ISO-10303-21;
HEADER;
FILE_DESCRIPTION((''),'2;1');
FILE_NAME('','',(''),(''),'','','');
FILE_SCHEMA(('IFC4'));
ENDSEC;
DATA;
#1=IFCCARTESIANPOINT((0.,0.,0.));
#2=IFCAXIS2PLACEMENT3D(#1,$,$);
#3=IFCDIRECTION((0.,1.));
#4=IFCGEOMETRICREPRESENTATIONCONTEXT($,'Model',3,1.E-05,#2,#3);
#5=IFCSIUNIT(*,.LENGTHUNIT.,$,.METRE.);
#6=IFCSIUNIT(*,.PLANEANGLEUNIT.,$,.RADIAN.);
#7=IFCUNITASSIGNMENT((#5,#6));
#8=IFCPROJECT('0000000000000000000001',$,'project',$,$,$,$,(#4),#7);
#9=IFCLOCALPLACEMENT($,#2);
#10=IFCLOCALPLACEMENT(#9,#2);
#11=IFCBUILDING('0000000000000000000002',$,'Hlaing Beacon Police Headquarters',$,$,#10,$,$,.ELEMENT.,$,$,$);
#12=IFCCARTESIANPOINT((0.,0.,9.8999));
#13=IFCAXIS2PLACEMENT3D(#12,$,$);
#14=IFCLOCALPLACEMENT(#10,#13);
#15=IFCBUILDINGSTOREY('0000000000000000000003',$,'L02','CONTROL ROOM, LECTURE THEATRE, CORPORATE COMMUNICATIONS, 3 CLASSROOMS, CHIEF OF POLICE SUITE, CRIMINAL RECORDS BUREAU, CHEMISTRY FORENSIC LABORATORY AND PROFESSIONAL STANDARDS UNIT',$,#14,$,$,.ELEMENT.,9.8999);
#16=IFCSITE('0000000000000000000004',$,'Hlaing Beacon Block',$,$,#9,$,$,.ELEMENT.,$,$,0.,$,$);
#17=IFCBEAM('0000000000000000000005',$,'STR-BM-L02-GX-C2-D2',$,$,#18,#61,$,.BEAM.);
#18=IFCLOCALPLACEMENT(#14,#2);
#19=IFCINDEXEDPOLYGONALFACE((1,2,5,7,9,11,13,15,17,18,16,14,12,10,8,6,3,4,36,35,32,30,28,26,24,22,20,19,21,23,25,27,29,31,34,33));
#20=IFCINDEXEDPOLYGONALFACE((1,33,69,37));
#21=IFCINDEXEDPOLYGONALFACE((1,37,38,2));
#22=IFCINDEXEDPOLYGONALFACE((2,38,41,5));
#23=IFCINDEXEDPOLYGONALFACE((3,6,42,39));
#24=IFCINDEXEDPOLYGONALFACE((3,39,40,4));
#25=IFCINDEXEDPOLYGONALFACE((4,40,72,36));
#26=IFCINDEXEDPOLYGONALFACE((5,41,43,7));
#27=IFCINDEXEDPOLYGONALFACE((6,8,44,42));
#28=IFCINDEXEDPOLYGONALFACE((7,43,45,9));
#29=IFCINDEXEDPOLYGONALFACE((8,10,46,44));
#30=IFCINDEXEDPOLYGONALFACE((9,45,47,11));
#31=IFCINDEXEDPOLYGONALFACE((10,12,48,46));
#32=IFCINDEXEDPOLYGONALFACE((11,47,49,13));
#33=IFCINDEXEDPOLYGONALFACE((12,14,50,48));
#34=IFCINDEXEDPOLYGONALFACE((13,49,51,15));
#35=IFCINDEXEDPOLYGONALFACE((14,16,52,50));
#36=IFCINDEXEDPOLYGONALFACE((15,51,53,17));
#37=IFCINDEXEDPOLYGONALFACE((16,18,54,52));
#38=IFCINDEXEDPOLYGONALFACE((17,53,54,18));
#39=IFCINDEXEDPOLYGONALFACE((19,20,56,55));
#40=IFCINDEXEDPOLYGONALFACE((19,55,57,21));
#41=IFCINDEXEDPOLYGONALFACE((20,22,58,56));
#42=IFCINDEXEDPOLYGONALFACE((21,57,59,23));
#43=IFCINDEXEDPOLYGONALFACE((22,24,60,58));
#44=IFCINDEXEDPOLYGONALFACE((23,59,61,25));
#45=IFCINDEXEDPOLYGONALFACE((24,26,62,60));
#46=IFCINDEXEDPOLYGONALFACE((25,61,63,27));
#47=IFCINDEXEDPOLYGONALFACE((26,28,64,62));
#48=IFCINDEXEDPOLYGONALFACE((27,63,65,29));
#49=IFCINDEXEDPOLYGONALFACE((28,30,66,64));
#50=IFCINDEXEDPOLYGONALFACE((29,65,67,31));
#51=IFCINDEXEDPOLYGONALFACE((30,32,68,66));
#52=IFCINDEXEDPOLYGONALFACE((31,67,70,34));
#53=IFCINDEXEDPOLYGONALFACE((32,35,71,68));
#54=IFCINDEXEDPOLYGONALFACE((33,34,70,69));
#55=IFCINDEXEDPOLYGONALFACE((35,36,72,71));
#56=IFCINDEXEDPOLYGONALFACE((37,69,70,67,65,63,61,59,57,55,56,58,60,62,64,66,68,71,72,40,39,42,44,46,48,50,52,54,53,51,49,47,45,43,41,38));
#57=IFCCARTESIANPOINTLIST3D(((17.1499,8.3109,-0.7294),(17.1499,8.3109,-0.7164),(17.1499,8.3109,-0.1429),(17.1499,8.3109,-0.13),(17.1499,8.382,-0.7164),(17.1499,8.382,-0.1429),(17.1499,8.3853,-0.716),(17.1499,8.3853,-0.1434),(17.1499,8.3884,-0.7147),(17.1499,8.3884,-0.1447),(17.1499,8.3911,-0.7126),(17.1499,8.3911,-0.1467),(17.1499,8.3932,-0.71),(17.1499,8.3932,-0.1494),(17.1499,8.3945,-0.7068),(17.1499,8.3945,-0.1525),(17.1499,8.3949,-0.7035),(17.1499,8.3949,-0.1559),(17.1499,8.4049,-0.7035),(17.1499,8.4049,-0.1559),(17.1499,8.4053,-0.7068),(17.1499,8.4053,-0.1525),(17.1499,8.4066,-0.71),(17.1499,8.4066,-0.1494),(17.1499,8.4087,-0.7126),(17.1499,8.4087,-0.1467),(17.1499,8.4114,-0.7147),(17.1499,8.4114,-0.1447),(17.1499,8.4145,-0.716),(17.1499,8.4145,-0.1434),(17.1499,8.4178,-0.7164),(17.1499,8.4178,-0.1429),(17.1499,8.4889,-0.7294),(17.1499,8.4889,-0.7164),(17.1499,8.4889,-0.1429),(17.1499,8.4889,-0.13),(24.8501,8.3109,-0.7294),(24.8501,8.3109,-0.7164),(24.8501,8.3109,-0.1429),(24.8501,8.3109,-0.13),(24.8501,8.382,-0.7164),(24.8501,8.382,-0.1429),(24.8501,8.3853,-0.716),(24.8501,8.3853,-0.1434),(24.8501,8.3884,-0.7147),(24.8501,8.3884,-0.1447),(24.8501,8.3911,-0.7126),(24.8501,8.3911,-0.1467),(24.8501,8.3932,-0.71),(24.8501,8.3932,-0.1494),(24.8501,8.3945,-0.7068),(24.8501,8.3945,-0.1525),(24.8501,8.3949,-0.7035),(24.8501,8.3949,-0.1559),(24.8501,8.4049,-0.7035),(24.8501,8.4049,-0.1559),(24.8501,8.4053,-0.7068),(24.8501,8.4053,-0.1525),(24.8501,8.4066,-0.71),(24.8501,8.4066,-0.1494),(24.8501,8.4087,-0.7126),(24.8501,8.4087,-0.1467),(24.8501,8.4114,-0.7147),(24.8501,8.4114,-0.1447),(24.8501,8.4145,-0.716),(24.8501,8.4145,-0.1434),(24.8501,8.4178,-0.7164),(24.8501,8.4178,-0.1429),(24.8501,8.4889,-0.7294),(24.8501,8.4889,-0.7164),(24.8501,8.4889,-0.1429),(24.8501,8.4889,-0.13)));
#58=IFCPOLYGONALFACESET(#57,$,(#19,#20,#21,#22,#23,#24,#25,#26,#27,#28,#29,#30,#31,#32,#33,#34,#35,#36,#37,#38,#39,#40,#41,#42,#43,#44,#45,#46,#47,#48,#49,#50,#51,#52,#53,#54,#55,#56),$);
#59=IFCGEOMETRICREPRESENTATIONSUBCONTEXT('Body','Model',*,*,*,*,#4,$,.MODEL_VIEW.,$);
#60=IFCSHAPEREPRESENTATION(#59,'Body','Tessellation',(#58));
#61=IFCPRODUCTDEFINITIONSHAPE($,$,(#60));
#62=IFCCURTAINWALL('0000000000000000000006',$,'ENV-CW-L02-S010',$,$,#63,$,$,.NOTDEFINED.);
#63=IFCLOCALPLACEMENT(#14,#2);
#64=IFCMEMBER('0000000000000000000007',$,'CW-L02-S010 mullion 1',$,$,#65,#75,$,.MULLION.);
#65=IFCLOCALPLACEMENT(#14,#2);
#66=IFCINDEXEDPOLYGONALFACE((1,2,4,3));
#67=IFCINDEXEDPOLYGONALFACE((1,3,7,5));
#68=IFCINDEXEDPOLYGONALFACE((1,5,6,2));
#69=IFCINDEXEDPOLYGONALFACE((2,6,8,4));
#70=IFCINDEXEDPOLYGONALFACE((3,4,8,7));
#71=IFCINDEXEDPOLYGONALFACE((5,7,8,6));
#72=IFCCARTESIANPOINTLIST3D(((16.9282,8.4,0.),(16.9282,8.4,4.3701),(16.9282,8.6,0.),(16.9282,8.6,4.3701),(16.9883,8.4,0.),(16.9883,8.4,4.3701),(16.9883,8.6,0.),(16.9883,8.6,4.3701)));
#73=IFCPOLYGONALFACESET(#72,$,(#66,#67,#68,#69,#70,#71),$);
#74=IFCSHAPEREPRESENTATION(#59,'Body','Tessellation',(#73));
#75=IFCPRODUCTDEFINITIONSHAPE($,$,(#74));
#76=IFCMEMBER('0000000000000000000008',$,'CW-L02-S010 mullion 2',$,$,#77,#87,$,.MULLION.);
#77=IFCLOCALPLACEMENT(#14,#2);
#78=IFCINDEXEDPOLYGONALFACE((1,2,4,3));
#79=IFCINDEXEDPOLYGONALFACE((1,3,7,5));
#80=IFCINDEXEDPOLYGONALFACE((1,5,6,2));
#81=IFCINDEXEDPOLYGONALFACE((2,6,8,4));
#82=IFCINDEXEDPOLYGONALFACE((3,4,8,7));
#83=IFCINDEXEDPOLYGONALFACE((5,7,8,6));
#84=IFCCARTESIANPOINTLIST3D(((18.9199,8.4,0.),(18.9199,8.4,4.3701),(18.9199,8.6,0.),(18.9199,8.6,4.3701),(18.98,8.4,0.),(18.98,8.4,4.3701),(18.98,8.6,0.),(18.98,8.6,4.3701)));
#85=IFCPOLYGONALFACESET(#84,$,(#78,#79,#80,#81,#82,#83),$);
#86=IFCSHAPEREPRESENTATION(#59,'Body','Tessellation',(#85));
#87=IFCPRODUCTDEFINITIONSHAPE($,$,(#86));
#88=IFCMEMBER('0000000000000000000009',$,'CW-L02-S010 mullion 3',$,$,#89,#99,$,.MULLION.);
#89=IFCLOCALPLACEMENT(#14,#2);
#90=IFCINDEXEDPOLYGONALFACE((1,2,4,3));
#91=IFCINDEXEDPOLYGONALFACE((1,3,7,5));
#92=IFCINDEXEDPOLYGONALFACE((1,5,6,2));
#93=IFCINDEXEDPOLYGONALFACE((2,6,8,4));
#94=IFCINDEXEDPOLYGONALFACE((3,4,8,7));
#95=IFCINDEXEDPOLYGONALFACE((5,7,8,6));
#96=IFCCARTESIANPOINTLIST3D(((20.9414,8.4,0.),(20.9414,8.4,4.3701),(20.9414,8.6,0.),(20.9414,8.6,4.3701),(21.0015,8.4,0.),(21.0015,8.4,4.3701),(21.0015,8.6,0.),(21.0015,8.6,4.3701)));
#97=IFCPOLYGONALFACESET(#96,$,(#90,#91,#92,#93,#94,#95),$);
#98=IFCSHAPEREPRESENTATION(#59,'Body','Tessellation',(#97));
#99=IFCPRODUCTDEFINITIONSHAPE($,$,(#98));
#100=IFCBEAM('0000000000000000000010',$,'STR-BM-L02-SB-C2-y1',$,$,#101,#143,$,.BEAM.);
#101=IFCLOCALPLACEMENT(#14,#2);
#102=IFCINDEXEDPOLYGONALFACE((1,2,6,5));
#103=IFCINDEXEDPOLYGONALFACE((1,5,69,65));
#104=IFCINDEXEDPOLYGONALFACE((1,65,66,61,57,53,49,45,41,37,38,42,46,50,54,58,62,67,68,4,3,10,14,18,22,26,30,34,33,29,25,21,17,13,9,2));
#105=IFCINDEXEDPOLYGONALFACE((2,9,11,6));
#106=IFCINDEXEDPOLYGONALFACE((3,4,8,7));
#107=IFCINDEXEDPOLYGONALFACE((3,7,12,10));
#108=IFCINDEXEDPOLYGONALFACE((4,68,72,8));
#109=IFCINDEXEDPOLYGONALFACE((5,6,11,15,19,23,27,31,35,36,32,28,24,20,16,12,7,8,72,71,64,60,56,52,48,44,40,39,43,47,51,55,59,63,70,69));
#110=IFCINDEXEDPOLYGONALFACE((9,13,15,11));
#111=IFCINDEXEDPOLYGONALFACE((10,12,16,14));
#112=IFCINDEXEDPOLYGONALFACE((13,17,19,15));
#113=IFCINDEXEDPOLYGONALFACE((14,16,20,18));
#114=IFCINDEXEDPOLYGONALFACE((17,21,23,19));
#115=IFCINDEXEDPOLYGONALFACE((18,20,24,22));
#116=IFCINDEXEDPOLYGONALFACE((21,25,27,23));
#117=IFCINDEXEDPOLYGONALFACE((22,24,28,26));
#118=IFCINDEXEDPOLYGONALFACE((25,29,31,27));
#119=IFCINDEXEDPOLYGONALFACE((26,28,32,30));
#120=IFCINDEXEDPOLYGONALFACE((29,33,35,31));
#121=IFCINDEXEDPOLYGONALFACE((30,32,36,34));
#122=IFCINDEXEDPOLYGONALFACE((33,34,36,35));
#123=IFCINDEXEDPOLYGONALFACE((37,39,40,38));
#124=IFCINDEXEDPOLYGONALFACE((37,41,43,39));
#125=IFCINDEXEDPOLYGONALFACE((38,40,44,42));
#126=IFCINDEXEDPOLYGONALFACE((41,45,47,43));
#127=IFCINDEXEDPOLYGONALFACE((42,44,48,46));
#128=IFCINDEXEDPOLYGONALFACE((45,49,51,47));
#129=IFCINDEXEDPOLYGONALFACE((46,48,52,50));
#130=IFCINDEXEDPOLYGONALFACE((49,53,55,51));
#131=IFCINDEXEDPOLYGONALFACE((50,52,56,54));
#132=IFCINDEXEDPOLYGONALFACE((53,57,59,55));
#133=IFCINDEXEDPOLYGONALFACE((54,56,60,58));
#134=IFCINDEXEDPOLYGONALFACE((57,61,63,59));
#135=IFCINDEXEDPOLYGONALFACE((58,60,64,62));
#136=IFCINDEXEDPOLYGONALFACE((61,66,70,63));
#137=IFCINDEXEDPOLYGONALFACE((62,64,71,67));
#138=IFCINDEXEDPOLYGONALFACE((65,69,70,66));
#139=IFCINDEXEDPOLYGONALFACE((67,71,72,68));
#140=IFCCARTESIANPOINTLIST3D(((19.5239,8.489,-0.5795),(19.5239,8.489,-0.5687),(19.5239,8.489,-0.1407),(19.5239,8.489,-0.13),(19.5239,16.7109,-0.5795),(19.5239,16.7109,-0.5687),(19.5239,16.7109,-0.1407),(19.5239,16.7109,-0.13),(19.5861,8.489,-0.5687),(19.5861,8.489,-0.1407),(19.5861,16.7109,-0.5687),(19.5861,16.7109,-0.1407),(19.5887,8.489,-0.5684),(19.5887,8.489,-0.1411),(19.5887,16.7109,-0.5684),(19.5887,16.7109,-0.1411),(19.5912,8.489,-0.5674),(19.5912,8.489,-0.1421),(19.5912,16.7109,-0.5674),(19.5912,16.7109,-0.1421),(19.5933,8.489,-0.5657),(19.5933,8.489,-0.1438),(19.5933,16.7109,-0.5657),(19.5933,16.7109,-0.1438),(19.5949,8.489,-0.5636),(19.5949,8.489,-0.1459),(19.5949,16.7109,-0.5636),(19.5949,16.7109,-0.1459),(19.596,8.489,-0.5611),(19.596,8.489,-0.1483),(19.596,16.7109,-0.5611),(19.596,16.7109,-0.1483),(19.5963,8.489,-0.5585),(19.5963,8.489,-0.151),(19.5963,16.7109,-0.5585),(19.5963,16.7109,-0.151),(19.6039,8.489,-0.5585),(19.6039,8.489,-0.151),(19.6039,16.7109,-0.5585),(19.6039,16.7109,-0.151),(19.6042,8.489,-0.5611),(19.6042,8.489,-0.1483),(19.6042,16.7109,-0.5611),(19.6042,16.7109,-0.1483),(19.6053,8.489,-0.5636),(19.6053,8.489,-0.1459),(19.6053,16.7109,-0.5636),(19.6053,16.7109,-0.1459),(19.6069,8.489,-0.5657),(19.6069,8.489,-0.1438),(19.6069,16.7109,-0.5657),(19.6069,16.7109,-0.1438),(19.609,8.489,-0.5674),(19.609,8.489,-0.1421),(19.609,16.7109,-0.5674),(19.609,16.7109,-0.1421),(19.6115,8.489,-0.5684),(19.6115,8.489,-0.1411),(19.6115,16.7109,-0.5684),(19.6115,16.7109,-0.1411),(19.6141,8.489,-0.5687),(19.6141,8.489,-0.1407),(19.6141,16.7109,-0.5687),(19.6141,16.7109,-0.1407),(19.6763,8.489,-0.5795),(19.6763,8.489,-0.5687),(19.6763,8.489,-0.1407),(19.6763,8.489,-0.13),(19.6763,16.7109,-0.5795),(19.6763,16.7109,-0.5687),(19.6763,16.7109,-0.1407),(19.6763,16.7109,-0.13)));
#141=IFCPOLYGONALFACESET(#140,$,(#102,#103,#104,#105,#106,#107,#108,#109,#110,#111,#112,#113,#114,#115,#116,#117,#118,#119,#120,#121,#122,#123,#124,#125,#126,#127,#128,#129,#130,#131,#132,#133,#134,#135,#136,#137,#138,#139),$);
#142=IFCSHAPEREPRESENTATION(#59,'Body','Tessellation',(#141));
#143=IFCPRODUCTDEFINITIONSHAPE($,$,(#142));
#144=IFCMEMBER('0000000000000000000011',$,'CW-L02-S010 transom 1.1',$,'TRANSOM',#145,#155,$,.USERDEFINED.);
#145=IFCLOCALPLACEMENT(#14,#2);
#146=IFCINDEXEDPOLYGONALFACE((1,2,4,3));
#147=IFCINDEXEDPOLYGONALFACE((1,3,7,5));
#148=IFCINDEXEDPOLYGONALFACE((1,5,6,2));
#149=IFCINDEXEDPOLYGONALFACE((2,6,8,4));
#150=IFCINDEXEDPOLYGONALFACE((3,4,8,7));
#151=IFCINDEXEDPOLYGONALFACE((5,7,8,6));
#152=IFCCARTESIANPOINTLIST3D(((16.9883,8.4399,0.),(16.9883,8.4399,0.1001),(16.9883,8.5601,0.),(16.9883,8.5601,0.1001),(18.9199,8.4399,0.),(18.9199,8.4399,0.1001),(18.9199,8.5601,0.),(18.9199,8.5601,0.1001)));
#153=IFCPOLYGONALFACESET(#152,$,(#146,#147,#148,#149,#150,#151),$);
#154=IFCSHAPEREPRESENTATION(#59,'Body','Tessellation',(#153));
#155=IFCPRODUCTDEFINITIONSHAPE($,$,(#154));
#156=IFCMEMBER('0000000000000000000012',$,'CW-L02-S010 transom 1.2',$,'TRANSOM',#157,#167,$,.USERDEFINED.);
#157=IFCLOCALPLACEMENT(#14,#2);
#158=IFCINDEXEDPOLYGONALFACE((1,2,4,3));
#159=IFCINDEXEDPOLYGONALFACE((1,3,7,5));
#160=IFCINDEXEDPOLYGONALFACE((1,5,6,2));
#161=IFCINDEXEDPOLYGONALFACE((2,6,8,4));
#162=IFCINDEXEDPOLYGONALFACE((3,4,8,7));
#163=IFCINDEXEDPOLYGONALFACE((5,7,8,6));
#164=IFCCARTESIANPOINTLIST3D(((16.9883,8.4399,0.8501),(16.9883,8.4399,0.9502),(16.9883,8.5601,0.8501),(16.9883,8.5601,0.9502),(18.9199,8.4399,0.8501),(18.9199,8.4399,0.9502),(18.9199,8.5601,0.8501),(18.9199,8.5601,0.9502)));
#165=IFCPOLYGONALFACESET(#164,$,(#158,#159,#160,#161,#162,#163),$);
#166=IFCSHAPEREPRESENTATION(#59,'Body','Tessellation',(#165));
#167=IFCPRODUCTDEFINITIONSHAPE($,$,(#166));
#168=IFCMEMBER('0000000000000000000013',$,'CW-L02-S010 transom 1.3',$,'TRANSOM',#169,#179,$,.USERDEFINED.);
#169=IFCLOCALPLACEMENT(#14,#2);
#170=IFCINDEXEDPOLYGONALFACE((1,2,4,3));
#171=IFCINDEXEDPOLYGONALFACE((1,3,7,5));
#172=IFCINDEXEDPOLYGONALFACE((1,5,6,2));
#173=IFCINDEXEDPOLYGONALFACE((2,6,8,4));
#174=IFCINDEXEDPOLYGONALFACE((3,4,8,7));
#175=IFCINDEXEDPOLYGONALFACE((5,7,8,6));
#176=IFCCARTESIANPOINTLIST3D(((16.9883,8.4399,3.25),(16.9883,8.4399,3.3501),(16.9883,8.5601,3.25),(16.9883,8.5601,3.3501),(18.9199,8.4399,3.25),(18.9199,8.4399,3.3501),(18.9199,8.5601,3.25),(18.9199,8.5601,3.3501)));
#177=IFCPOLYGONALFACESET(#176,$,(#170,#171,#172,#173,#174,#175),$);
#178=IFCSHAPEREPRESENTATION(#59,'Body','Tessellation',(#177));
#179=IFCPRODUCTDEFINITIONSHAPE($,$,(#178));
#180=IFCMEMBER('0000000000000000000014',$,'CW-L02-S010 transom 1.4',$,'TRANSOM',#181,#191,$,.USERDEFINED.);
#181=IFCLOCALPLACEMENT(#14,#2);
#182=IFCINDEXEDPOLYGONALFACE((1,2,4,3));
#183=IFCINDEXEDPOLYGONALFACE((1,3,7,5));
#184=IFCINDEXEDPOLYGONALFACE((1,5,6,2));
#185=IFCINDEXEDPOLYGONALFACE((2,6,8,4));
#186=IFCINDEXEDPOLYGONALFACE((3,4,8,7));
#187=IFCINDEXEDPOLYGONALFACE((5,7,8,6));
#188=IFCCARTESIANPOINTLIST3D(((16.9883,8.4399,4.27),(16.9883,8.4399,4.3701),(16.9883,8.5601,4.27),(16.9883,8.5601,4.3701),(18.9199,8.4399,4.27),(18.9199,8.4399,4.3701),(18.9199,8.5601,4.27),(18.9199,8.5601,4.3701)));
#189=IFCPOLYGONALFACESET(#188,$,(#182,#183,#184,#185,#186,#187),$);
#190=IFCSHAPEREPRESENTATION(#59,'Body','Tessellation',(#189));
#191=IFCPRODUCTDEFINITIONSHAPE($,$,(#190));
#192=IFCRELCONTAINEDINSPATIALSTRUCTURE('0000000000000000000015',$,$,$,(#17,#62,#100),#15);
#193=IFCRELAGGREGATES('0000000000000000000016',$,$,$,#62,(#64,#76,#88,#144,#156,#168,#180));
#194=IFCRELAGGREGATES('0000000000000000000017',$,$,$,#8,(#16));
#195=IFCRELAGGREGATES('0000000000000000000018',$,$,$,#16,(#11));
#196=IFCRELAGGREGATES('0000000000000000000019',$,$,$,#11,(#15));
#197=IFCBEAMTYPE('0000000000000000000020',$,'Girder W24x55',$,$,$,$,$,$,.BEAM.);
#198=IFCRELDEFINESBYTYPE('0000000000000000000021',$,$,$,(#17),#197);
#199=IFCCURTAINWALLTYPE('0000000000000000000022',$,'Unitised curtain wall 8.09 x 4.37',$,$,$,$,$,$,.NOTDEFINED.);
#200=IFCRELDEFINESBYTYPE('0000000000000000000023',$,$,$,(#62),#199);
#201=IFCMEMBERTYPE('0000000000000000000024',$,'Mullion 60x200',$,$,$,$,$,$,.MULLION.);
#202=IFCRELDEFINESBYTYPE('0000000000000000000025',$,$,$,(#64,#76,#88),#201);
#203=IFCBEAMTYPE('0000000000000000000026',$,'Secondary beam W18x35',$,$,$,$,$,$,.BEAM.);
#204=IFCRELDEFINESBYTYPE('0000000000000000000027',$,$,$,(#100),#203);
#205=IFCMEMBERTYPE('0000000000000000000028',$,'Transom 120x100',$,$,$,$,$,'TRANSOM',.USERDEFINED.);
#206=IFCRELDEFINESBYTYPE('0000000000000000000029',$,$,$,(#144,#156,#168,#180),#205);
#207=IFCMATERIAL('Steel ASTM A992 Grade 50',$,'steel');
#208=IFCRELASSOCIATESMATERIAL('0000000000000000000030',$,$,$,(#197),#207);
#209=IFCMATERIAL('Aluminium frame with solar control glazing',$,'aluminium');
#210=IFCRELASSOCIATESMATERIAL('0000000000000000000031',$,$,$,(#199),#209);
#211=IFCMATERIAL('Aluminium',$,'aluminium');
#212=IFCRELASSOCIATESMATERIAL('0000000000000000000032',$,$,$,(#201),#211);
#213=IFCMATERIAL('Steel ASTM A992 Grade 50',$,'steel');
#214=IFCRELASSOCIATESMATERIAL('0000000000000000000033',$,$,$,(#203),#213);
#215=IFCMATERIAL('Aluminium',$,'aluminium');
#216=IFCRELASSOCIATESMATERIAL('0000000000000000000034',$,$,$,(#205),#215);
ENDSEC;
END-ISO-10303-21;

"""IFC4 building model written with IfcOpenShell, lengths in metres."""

from ifc_helpers import new_model, si_unit, direction, frame, origin, origin_2d, place, context, subcontext, project, spatial, rectangle, i_section, extrude, material, material_profile, profile_set, type_object, element, aggregate, save


model = new_model("IFC4")

# Units and contexts
model_context = context("Model", 3, precision=1e-05, world=origin(), true_north=direction((0.0, 1.0)))
body_context = subcontext(model_context, "Body", "Model", "MODEL_VIEW")
ifc_project = project(units=[si_unit("LENGTHUNIT", "METRE"), si_unit("PLANEANGLEUNIT", "RADIAN")], contexts=[model_context])

# Site, building, storey
site_placement = place(None, origin())
site = spatial("IfcSite", under=ifc_project, at=site_placement, Name="Hlaing Beacon Block", CompositionType="ELEMENT", RefElevation=0.0)
building_placement = place(site_placement, origin())
building = spatial("IfcBuilding", under=site, at=building_placement, Name="Hlaing Beacon Police Headquarters", CompositionType="ELEMENT")
storey_placement = place(building_placement, frame((0.0, 0.0, 9.8999)))
storey = spatial("IfcBuildingStorey", under=building, at=storey_placement, Name="L02", Description="CONTROL ROOM, LECTURE THEATRE, CORPORATE COMMUNICATIONS, 3 CLASSROOMS, CHIEF OF POLICE SUITE, CRIMINAL RECORDS BUREAU, CHEMISTRY FORENSIC LABORATORY AND PROFESSIONAL STANDARDS UNIT", CompositionType="ELEMENT", Elevation=9.8999)

# Beam
ifc_material_1 = material(Name="Steel ASTM A992 Grade 50", Category="steel")
ifc_material_profile_1 = material_profile(ifc_material_1, i_section(OverallWidth=0.178, OverallDepth=0.5994, WebThickness=0.01, FlangeThickness=0.0129, FilletRadius=0.0129, at=origin_2d()), Name="W24x55")
ifc_profile_set_1 = profile_set([ifc_material_profile_1], Name="Steel ASTM A992 Grade 50")
beam_type_1 = type_object("IfcBeamType", Name="Girder W24x55", PredefinedType="BEAM", material=ifc_profile_set_1)
beam_1_placement = place(storey_placement, frame((17.1499, 8.3999, -0.4297), z_axis=(1.0, 0.0, 0.0), x_axis=(0.0, 1.0, 0.0)))
element("IfcBeam", 1, at=beam_1_placement, inside=storey, type_object=beam_type_1, Name="STR-BM-L02-GX-C2-D2", PredefinedType="BEAM", context=body_context, shape_type="SweptSolid", body=[
    extrude(i_section(OverallWidth=0.178, OverallDepth=0.5994, WebThickness=0.01, FlangeThickness=0.0129, FilletRadius=0.0129, at=origin_2d()), origin(), (0.0, 0.0, 1.0), 7.7002),
])

# Curtain wall, members
ifc_material_2 = material(Name="Aluminium frame with solar control glazing", Category="aluminium")
curtain_wall_type = type_object("IfcCurtainWallType", Name="Unitised curtain wall 8.09 x 4.37", PredefinedType="NOTDEFINED", material=ifc_material_2)
curtain_wall_placement = place(storey_placement, origin())
curtain_wall = element("IfcCurtainWall", 2, at=curtain_wall_placement, inside=storey, type_object=curtain_wall_type, Name="ENV-CW-L02-S010", PredefinedType="NOTDEFINED")
ifc_material_3 = material(Name="Aluminium", Category="aluminium")
ifc_material_profile_2 = material_profile(ifc_material_3, rectangle(XDim=0.2, YDim=0.0601, at=origin_2d()), Name="Mullion 60x200")
ifc_profile_set_2 = profile_set([ifc_material_profile_2], Name="Aluminium")
member_type_1 = type_object("IfcMemberType", Name="Mullion 60x200", PredefinedType="MULLION", material=ifc_profile_set_2)
member_1_placement = place(storey_placement, frame((16.9583, 8.5, 0.0), z_axis=(0.0, 0.0, 1.0), x_axis=(0.0, 1.0, 0.0)))
member_1 = element("IfcMember", 3, at=member_1_placement, type_object=member_type_1, Name="CW-L02-S010 mullion 1", PredefinedType="MULLION", context=body_context, shape_type="SweptSolid", body=[
    extrude(rectangle(XDim=0.2, YDim=0.0601, at=origin_2d()), origin(), (0.0, 0.0, 1.0), 4.3701),
])
member_2_placement = place(storey_placement, frame((18.95, 8.5, 0.0), z_axis=(0.0, 0.0, 1.0), x_axis=(0.0, 1.0, 0.0)))
member_2 = element("IfcMember", 4, at=member_2_placement, type_object=member_type_1, Name="CW-L02-S010 mullion 2", PredefinedType="MULLION", context=body_context, shape_type="SweptSolid", body=[
    extrude(rectangle(XDim=0.2, YDim=0.0601, at=origin_2d()), origin(), (0.0, 0.0, 1.0), 4.3701),
])
member_3_placement = place(storey_placement, frame((20.9714, 8.5, 0.0), z_axis=(0.0, 0.0, 1.0), x_axis=(0.0, 1.0, 0.0)))
member_3 = element("IfcMember", 5, at=member_3_placement, type_object=member_type_1, Name="CW-L02-S010 mullion 3", PredefinedType="MULLION", context=body_context, shape_type="SweptSolid", body=[
    extrude(rectangle(XDim=0.2, YDim=0.0601, at=origin_2d()), origin(), (0.0, 0.0, 1.0), 4.3701),
])

# Beam
ifc_material_4 = material(Name="Steel ASTM A992 Grade 50", Category="steel")
ifc_material_profile_3 = material_profile(ifc_material_4, i_section(OverallWidth=0.1523, OverallDepth=0.4495, WebThickness=0.0076, FlangeThickness=0.0107, FilletRadius=0.0103, at=origin_2d()), Name="W18x35")
ifc_profile_set_3 = profile_set([ifc_material_profile_3], Name="Steel ASTM A992 Grade 50")
beam_type_2 = type_object("IfcBeamType", Name="Secondary beam W18x35", PredefinedType="BEAM", material=ifc_profile_set_3)
beam_2_placement = place(storey_placement, frame((19.6001, 8.489, -0.3547), z_axis=(0.0, 1.0, 0.0), x_axis=(-1.0, 0.0, 0.0)))
element("IfcBeam", 6, at=beam_2_placement, inside=storey, type_object=beam_type_2, Name="STR-BM-L02-SB-C2-y1", PredefinedType="BEAM", context=body_context, shape_type="SweptSolid", body=[
    extrude(i_section(OverallWidth=0.1523, OverallDepth=0.4495, WebThickness=0.0076, FlangeThickness=0.0107, FilletRadius=0.0103, at=origin_2d()), origin(), (0.0, 0.0, 1.0), 8.2219),
])

# Members
ifc_material_5 = material(Name="Aluminium", Category="aluminium")
ifc_material_profile_4 = material_profile(ifc_material_5, rectangle(XDim=0.1201, YDim=0.1001, at=origin_2d()), Name="Transom 120x100")
ifc_profile_set_4 = profile_set([ifc_material_profile_4], Name="Aluminium")
member_type_2 = type_object("IfcMemberType", Name="Transom 120x100", ElementType="TRANSOM", PredefinedType="USERDEFINED", material=ifc_profile_set_4)
member_4_placement = place(storey_placement, frame((16.9883, 8.5, 0.05), z_axis=(1.0, 0.0, 0.0), x_axis=(0.0, 1.0, 0.0)))
member_4 = element("IfcMember", 7, at=member_4_placement, type_object=member_type_2, Name="CW-L02-S010 transom 1.1", ObjectType="TRANSOM", PredefinedType="USERDEFINED", context=body_context, shape_type="SweptSolid", body=[
    extrude(rectangle(XDim=0.1201, YDim=0.1001, at=origin_2d()), origin(), (0.0, 0.0, 1.0), 1.9316),
])
member_5_placement = place(storey_placement, frame((16.9883, 8.5, 0.9001), z_axis=(1.0, 0.0, 0.0), x_axis=(0.0, 1.0, 0.0)))
member_5 = element("IfcMember", 8, at=member_5_placement, type_object=member_type_2, Name="CW-L02-S010 transom 1.2", ObjectType="TRANSOM", PredefinedType="USERDEFINED", context=body_context, shape_type="SweptSolid", body=[
    extrude(rectangle(XDim=0.1201, YDim=0.1001, at=origin_2d()), origin(), (0.0, 0.0, 1.0), 1.9316),
])
member_6_placement = place(storey_placement, frame((16.9883, 8.5, 3.3), z_axis=(1.0, 0.0, 0.0), x_axis=(0.0, 1.0, 0.0)))
member_6 = element("IfcMember", 9, at=member_6_placement, type_object=member_type_2, Name="CW-L02-S010 transom 1.3", ObjectType="TRANSOM", PredefinedType="USERDEFINED", context=body_context, shape_type="SweptSolid", body=[
    extrude(rectangle(XDim=0.1201, YDim=0.1001, at=origin_2d()), origin(), (0.0, 0.0, 1.0), 1.9316),
])
member_7_placement = place(storey_placement, frame((16.9883, 8.5, 4.3201), z_axis=(1.0, 0.0, 0.0), x_axis=(0.0, 1.0, 0.0)))
member_7 = element("IfcMember", 10, at=member_7_placement, type_object=member_type_2, Name="CW-L02-S010 transom 1.4", ObjectType="TRANSOM", PredefinedType="USERDEFINED", context=body_context, shape_type="SweptSolid", body=[
    extrude(rectangle(XDim=0.1201, YDim=0.1001, at=origin_2d()), origin(), (0.0, 0.0, 1.0), 1.9316),
])

aggregate(curtain_wall, [member_1, member_2, member_3, member_4, member_5, member_6, member_7])

save(model, "model.ifc")
